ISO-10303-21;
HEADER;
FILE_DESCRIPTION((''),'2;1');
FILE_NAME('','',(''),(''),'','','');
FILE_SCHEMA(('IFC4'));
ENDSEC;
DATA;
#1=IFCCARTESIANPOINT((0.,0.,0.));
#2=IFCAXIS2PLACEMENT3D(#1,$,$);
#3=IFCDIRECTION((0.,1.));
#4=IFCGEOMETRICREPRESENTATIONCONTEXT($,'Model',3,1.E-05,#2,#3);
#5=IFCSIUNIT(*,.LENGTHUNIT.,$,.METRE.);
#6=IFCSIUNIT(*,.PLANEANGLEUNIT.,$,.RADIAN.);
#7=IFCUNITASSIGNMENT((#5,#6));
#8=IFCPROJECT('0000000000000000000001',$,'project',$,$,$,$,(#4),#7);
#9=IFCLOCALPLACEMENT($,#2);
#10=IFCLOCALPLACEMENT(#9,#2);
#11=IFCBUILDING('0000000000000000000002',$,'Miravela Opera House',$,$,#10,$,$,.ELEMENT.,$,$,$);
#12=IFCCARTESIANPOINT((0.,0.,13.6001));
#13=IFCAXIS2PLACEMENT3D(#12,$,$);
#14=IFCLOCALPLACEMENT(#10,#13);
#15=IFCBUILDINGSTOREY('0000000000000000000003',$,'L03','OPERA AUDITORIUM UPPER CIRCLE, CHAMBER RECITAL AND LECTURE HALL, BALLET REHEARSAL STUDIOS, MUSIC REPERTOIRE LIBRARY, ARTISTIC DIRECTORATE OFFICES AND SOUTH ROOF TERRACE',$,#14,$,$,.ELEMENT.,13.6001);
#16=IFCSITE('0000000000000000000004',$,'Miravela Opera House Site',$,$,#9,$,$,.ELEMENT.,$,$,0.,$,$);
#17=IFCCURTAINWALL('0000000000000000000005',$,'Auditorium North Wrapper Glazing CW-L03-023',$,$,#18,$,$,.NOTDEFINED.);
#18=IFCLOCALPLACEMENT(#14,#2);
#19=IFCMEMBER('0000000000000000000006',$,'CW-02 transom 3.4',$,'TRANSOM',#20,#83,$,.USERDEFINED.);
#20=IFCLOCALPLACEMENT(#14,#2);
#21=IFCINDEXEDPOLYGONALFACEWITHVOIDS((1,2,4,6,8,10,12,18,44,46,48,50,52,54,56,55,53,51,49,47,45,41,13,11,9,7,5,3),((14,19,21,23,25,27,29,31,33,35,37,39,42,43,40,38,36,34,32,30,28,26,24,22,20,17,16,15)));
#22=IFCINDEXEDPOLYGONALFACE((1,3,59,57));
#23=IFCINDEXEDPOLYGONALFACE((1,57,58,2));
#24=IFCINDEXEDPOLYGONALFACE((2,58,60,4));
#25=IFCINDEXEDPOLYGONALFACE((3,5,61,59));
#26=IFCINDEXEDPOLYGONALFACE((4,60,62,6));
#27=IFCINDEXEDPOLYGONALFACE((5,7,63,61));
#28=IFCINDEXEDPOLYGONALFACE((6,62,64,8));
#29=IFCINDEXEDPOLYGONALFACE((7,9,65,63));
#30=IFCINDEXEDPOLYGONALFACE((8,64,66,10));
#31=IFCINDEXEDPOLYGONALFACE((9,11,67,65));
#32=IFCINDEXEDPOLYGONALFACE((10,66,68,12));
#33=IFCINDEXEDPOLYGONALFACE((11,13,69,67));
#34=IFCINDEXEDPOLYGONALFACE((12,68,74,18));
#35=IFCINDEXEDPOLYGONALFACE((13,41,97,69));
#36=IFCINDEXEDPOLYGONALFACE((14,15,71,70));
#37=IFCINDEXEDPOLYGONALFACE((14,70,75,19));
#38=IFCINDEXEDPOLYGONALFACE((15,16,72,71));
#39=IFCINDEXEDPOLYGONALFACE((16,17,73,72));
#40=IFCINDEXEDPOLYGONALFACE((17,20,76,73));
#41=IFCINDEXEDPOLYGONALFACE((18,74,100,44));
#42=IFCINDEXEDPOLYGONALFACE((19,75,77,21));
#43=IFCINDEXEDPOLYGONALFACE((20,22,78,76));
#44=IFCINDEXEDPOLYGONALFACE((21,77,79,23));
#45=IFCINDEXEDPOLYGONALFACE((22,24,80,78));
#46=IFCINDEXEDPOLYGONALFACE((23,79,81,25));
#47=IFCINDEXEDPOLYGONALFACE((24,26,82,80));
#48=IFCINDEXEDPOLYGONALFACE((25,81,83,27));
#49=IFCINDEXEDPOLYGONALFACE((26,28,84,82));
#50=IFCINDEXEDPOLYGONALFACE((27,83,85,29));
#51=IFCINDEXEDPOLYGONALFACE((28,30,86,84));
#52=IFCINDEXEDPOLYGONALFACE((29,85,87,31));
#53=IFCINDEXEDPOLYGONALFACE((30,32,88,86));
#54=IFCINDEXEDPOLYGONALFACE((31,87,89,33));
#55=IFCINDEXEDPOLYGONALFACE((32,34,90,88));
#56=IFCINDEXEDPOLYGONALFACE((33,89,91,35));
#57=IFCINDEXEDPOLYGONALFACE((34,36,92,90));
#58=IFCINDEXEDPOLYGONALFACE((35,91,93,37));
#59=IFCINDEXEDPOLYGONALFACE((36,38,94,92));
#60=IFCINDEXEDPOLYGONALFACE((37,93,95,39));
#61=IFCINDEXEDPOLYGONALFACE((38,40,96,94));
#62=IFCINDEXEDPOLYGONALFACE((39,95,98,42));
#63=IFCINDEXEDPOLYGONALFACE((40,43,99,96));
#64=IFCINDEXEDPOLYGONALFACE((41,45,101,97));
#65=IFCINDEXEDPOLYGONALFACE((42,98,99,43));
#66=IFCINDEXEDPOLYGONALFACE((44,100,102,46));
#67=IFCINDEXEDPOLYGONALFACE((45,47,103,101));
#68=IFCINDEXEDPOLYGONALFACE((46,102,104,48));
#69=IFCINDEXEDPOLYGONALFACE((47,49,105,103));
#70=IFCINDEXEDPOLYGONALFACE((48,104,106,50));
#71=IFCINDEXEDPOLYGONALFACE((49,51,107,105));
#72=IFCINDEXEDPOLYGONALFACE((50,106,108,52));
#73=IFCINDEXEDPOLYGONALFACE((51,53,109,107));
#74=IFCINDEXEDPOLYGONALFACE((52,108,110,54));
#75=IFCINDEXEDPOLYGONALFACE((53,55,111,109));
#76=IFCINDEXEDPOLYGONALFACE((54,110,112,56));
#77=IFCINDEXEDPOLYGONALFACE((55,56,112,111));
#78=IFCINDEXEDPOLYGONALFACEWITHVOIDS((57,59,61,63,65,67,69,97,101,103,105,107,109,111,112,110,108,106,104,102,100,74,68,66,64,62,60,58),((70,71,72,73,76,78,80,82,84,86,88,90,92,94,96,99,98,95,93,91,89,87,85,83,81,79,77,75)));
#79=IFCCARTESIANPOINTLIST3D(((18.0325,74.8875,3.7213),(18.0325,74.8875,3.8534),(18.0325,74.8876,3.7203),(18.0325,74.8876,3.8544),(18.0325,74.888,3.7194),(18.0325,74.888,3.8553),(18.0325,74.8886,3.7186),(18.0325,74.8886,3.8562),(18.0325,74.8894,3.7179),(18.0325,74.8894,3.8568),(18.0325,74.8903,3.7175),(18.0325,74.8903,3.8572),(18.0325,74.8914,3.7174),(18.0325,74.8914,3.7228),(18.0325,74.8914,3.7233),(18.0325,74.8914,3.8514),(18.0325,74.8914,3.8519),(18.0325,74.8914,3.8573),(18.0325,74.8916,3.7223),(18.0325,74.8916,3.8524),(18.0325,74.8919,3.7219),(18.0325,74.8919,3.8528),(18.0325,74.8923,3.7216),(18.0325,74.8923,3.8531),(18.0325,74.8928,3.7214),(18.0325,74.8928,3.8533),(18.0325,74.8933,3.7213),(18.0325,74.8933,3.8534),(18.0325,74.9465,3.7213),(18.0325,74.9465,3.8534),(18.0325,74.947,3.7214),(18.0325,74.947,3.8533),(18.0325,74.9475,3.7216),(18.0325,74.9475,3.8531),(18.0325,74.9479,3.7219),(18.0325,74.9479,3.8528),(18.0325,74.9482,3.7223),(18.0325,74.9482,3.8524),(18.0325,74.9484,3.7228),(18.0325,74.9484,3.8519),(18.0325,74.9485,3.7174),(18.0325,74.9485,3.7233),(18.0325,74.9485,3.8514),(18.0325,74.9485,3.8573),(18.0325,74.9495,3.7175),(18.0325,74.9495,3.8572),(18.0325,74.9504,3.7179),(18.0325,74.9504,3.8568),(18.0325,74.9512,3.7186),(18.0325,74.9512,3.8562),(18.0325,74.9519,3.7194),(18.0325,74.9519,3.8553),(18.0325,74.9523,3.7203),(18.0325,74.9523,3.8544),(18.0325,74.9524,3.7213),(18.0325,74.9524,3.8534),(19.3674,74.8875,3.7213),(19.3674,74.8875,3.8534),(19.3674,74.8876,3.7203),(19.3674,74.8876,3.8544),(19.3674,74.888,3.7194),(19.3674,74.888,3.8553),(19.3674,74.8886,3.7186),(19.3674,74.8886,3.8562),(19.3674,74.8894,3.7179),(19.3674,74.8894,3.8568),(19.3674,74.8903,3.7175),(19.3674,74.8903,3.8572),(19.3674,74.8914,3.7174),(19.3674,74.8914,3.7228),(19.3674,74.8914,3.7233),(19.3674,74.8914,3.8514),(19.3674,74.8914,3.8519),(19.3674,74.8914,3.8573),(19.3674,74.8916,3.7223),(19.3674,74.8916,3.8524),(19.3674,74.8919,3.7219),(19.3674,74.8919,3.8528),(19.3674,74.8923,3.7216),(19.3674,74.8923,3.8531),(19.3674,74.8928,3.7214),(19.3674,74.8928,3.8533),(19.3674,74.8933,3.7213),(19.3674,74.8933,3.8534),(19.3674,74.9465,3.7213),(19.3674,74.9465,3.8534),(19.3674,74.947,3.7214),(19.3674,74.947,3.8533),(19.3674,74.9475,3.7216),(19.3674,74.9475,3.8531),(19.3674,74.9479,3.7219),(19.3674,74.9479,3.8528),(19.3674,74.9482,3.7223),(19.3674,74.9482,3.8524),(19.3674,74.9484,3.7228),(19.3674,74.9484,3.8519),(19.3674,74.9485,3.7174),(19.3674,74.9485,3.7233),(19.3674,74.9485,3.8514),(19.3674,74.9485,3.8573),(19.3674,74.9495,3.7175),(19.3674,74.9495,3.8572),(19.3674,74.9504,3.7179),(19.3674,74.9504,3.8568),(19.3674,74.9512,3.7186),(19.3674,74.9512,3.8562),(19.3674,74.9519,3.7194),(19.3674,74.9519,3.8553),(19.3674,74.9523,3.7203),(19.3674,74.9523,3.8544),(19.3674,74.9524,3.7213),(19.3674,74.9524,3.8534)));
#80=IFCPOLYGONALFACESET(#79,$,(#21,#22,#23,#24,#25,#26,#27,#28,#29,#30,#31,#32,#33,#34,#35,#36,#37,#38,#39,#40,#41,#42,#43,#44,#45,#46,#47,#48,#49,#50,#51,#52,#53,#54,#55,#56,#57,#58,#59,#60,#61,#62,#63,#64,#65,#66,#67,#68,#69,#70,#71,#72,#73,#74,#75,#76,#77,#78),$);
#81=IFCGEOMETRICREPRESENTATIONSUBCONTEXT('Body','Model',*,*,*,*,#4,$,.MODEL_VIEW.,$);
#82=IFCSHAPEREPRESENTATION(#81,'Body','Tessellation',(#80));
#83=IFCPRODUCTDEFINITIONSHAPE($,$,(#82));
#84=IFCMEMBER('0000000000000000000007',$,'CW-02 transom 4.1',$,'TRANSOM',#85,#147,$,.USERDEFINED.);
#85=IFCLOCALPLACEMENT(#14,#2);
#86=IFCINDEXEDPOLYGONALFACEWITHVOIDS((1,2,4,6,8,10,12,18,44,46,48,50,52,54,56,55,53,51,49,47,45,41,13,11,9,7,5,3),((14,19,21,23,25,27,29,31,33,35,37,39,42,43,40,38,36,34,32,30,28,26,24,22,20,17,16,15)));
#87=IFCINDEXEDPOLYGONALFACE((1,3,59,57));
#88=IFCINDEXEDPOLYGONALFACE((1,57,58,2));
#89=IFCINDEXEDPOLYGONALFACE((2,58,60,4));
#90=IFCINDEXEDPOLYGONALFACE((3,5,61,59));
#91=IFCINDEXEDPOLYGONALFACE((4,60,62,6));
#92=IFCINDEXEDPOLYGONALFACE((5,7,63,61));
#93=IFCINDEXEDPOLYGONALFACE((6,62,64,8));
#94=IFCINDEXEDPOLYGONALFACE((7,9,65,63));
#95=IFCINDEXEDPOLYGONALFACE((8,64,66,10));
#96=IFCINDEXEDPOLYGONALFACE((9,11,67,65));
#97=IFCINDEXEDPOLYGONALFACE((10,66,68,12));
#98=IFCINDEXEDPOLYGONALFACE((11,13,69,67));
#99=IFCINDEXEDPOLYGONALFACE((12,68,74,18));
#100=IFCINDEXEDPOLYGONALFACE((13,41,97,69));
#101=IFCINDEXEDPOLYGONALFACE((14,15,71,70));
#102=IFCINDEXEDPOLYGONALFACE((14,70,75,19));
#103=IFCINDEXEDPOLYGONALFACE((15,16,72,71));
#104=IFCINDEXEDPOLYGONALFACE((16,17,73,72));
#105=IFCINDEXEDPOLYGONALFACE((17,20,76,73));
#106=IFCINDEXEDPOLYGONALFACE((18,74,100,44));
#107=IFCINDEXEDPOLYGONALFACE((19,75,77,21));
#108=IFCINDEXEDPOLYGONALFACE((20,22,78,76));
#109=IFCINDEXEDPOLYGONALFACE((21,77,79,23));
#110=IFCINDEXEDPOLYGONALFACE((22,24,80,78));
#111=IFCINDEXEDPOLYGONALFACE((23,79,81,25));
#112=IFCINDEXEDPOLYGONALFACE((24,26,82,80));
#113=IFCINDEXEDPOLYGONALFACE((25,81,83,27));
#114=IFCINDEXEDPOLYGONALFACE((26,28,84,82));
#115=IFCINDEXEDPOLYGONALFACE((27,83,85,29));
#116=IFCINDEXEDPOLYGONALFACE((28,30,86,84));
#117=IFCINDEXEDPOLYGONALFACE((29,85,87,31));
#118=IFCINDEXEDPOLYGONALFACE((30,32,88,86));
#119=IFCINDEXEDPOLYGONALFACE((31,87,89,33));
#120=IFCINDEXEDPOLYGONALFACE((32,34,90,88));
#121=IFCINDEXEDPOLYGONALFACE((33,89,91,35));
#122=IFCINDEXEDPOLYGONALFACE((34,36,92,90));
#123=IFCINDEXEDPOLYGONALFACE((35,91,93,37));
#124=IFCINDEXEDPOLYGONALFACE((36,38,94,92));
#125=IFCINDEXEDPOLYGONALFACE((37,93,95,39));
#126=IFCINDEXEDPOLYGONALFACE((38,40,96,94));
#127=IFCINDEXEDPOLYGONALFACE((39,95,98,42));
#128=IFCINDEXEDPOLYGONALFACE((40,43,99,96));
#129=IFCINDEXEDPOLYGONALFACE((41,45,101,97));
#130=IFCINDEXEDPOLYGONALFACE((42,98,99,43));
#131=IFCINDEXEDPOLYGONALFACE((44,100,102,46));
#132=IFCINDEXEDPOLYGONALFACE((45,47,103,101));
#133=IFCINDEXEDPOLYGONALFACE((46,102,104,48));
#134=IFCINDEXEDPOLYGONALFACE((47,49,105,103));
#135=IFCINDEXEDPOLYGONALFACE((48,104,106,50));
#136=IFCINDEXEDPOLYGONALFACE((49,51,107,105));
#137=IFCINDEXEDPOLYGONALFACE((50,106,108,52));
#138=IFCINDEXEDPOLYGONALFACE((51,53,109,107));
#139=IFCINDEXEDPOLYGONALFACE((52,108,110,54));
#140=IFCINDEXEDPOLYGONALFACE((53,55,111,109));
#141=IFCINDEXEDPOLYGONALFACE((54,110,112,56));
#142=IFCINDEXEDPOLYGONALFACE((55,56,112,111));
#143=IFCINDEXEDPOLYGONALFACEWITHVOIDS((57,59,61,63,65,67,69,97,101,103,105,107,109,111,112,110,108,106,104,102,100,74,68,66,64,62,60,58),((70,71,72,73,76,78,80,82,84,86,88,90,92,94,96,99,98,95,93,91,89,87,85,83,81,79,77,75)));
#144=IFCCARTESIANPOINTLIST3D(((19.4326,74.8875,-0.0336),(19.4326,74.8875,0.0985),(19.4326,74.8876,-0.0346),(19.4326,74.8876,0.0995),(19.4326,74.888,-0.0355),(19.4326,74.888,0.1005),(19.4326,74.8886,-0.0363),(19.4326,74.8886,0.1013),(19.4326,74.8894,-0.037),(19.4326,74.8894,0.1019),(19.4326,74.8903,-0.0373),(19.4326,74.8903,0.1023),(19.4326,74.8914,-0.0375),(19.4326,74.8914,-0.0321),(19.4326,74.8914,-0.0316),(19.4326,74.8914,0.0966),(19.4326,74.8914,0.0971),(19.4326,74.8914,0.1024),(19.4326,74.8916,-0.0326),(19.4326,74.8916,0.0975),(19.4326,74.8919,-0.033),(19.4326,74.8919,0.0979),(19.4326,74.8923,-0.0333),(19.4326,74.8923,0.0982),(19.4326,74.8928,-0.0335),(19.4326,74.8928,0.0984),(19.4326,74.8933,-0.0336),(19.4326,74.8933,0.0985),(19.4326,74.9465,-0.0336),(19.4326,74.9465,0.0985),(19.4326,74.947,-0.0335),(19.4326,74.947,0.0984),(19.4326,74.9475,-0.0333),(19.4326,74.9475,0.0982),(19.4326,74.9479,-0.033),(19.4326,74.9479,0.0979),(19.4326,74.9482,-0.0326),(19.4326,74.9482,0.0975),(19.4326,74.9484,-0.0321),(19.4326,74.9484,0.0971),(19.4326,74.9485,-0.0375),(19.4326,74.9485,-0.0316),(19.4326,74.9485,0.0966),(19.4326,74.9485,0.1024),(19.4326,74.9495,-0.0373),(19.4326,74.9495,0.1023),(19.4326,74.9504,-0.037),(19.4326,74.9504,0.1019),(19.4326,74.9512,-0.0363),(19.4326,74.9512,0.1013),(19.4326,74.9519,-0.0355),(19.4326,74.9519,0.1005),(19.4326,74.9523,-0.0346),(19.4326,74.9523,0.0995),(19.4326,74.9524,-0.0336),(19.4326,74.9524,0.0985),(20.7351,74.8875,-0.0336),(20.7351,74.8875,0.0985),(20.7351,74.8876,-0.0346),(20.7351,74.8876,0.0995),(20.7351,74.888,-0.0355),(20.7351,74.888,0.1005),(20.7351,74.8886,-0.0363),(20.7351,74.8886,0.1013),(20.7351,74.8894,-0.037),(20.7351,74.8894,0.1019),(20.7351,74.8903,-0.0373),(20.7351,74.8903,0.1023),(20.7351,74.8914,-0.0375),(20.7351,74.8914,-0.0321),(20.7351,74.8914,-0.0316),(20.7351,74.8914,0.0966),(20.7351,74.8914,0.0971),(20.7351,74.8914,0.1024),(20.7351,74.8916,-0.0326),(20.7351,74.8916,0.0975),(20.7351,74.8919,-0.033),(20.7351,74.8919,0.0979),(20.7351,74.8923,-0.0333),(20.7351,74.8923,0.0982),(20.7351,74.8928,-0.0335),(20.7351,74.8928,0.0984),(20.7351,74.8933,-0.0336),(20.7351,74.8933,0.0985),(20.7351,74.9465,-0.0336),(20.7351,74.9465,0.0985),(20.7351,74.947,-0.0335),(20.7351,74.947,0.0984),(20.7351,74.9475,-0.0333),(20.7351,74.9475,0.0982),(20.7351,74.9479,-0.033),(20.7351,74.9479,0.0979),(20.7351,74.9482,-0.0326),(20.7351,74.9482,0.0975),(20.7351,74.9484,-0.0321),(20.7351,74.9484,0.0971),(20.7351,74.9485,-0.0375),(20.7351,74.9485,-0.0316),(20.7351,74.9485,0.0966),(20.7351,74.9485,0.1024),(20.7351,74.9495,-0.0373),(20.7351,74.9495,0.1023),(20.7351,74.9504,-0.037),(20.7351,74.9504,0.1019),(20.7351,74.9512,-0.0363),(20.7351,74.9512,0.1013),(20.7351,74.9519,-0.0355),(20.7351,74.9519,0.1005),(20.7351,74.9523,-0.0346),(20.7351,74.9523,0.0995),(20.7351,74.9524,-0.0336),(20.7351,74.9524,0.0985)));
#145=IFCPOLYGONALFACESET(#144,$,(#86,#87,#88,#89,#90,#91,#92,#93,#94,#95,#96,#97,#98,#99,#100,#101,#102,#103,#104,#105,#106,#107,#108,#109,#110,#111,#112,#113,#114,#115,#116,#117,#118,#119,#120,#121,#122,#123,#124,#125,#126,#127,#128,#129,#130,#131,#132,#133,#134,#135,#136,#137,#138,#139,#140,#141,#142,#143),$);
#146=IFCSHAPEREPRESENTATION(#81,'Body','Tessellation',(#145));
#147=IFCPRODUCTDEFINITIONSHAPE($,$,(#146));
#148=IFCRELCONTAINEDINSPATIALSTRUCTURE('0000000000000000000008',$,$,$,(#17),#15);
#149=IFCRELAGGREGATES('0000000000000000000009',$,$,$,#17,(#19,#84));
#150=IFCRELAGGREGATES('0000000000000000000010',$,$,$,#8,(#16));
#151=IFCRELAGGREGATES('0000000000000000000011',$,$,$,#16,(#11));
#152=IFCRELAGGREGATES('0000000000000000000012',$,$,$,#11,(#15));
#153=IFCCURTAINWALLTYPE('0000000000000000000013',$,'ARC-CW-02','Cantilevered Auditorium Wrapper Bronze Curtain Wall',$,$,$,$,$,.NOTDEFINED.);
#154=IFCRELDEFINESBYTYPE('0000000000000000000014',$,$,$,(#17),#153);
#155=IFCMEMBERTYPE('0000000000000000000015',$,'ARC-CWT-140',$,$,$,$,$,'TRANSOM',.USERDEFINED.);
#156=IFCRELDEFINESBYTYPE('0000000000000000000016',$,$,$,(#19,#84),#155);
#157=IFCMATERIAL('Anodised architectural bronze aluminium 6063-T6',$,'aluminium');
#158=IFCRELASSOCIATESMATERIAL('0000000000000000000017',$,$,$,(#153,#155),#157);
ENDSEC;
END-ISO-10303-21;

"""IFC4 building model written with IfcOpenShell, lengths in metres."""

from ifc_helpers import new_model, si_unit, direction, frame, origin, origin_2d, place, context, subcontext, project, spatial, hollow_rectangle, extrude, material, material_profile, profile_set, type_object, element, aggregate, save


model = new_model("IFC4")

# Units and contexts
model_context = context("Model", 3, precision=1e-05, world=origin(), true_north=direction((0.0, 1.0)))
body_context = subcontext(model_context, "Body", "Model", "MODEL_VIEW")
ifc_project = project(units=[si_unit("LENGTHUNIT", "METRE"), si_unit("PLANEANGLEUNIT", "RADIAN")], contexts=[model_context])

# Site, building, storey
site_placement = place(None, origin())
site = spatial("IfcSite", under=ifc_project, at=site_placement, Name="Miravela Opera House Site", CompositionType="ELEMENT", RefElevation=0.0)
building_placement = place(site_placement, origin())
building = spatial("IfcBuilding", under=site, at=building_placement, Name="Miravela Opera House", CompositionType="ELEMENT")
storey_placement = place(building_placement, frame((0.0, 0.0, 13.6001)))
storey = spatial("IfcBuildingStorey", under=building, at=storey_placement, Name="L03", Description="OPERA AUDITORIUM UPPER CIRCLE, CHAMBER RECITAL AND LECTURE HALL, BALLET REHEARSAL STUDIOS, MUSIC REPERTOIRE LIBRARY, ARTISTIC DIRECTORATE OFFICES AND SOUTH ROOF TERRACE", CompositionType="ELEMENT", Elevation=13.6001)

# Curtain wall, members
ifc_material_1 = material(Name="Anodised architectural bronze aluminium 6063-T6", Category="aluminium")
curtain_wall_type = type_object("IfcCurtainWallType", Name="ARC-CW-02", Description="Cantilevered Auditorium Wrapper Bronze Curtain Wall", PredefinedType="NOTDEFINED", material=ifc_material_1)
curtain_wall_placement = place(storey_placement, origin())
curtain_wall = element("IfcCurtainWall", 1, at=curtain_wall_placement, inside=storey, type_object=curtain_wall_type, Name="Auditorium North Wrapper Glazing CW-L03-023", PredefinedType="NOTDEFINED")
ifc_material_profile_1 = material_profile(ifc_material_1, hollow_rectangle(XDim=0.0649, YDim=0.1399, WallThickness=0.0039, InnerFilletRadius=0.002, OuterFilletRadius=0.0039, at=origin_2d()), Name="CWT-65X140")
ifc_profile_set_1 = profile_set([ifc_material_profile_1])
member_type_1 = type_object("IfcMemberType", Name="ARC-CWT-140", ElementType="TRANSOM", PredefinedType="USERDEFINED", material=ifc_profile_set_1)
member_1_placement = place(storey_placement, frame((18.0325, 74.9199, 3.7874), z_axis=(1.0, 0.0, 0.0), x_axis=(0.0, 1.0, 0.0)))
member_1 = element("IfcMember", 2, at=member_1_placement, type_object=member_type_1, Name="CW-02 transom 3.4", ObjectType="TRANSOM", PredefinedType="USERDEFINED", context=body_context, shape_type="SweptSolid", body=[
    extrude(hollow_rectangle(XDim=0.0649, YDim=0.1399, WallThickness=0.0039, InnerFilletRadius=0.002, OuterFilletRadius=0.0039, at=origin_2d()), origin(), (0.0, 0.0, 1.0), 1.335),
])
member_2_placement = place(storey_placement, frame((19.4326, 74.9199, 0.0325), z_axis=(1.0, 0.0, 0.0), x_axis=(0.0, 1.0, 0.0)))
member_2 = element("IfcMember", 3, at=member_2_placement, type_object=member_type_1, Name="CW-02 transom 4.1", ObjectType="TRANSOM", PredefinedType="USERDEFINED", context=body_context, shape_type="SweptSolid", body=[
    extrude(hollow_rectangle(XDim=0.0649, YDim=0.1399, WallThickness=0.0039, InnerFilletRadius=0.002, OuterFilletRadius=0.0039, at=origin_2d()), origin(), (0.0, 0.0, 1.0), 1.3025),
])
aggregate(curtain_wall, [member_1, member_2])

save(model, "model.ifc")
